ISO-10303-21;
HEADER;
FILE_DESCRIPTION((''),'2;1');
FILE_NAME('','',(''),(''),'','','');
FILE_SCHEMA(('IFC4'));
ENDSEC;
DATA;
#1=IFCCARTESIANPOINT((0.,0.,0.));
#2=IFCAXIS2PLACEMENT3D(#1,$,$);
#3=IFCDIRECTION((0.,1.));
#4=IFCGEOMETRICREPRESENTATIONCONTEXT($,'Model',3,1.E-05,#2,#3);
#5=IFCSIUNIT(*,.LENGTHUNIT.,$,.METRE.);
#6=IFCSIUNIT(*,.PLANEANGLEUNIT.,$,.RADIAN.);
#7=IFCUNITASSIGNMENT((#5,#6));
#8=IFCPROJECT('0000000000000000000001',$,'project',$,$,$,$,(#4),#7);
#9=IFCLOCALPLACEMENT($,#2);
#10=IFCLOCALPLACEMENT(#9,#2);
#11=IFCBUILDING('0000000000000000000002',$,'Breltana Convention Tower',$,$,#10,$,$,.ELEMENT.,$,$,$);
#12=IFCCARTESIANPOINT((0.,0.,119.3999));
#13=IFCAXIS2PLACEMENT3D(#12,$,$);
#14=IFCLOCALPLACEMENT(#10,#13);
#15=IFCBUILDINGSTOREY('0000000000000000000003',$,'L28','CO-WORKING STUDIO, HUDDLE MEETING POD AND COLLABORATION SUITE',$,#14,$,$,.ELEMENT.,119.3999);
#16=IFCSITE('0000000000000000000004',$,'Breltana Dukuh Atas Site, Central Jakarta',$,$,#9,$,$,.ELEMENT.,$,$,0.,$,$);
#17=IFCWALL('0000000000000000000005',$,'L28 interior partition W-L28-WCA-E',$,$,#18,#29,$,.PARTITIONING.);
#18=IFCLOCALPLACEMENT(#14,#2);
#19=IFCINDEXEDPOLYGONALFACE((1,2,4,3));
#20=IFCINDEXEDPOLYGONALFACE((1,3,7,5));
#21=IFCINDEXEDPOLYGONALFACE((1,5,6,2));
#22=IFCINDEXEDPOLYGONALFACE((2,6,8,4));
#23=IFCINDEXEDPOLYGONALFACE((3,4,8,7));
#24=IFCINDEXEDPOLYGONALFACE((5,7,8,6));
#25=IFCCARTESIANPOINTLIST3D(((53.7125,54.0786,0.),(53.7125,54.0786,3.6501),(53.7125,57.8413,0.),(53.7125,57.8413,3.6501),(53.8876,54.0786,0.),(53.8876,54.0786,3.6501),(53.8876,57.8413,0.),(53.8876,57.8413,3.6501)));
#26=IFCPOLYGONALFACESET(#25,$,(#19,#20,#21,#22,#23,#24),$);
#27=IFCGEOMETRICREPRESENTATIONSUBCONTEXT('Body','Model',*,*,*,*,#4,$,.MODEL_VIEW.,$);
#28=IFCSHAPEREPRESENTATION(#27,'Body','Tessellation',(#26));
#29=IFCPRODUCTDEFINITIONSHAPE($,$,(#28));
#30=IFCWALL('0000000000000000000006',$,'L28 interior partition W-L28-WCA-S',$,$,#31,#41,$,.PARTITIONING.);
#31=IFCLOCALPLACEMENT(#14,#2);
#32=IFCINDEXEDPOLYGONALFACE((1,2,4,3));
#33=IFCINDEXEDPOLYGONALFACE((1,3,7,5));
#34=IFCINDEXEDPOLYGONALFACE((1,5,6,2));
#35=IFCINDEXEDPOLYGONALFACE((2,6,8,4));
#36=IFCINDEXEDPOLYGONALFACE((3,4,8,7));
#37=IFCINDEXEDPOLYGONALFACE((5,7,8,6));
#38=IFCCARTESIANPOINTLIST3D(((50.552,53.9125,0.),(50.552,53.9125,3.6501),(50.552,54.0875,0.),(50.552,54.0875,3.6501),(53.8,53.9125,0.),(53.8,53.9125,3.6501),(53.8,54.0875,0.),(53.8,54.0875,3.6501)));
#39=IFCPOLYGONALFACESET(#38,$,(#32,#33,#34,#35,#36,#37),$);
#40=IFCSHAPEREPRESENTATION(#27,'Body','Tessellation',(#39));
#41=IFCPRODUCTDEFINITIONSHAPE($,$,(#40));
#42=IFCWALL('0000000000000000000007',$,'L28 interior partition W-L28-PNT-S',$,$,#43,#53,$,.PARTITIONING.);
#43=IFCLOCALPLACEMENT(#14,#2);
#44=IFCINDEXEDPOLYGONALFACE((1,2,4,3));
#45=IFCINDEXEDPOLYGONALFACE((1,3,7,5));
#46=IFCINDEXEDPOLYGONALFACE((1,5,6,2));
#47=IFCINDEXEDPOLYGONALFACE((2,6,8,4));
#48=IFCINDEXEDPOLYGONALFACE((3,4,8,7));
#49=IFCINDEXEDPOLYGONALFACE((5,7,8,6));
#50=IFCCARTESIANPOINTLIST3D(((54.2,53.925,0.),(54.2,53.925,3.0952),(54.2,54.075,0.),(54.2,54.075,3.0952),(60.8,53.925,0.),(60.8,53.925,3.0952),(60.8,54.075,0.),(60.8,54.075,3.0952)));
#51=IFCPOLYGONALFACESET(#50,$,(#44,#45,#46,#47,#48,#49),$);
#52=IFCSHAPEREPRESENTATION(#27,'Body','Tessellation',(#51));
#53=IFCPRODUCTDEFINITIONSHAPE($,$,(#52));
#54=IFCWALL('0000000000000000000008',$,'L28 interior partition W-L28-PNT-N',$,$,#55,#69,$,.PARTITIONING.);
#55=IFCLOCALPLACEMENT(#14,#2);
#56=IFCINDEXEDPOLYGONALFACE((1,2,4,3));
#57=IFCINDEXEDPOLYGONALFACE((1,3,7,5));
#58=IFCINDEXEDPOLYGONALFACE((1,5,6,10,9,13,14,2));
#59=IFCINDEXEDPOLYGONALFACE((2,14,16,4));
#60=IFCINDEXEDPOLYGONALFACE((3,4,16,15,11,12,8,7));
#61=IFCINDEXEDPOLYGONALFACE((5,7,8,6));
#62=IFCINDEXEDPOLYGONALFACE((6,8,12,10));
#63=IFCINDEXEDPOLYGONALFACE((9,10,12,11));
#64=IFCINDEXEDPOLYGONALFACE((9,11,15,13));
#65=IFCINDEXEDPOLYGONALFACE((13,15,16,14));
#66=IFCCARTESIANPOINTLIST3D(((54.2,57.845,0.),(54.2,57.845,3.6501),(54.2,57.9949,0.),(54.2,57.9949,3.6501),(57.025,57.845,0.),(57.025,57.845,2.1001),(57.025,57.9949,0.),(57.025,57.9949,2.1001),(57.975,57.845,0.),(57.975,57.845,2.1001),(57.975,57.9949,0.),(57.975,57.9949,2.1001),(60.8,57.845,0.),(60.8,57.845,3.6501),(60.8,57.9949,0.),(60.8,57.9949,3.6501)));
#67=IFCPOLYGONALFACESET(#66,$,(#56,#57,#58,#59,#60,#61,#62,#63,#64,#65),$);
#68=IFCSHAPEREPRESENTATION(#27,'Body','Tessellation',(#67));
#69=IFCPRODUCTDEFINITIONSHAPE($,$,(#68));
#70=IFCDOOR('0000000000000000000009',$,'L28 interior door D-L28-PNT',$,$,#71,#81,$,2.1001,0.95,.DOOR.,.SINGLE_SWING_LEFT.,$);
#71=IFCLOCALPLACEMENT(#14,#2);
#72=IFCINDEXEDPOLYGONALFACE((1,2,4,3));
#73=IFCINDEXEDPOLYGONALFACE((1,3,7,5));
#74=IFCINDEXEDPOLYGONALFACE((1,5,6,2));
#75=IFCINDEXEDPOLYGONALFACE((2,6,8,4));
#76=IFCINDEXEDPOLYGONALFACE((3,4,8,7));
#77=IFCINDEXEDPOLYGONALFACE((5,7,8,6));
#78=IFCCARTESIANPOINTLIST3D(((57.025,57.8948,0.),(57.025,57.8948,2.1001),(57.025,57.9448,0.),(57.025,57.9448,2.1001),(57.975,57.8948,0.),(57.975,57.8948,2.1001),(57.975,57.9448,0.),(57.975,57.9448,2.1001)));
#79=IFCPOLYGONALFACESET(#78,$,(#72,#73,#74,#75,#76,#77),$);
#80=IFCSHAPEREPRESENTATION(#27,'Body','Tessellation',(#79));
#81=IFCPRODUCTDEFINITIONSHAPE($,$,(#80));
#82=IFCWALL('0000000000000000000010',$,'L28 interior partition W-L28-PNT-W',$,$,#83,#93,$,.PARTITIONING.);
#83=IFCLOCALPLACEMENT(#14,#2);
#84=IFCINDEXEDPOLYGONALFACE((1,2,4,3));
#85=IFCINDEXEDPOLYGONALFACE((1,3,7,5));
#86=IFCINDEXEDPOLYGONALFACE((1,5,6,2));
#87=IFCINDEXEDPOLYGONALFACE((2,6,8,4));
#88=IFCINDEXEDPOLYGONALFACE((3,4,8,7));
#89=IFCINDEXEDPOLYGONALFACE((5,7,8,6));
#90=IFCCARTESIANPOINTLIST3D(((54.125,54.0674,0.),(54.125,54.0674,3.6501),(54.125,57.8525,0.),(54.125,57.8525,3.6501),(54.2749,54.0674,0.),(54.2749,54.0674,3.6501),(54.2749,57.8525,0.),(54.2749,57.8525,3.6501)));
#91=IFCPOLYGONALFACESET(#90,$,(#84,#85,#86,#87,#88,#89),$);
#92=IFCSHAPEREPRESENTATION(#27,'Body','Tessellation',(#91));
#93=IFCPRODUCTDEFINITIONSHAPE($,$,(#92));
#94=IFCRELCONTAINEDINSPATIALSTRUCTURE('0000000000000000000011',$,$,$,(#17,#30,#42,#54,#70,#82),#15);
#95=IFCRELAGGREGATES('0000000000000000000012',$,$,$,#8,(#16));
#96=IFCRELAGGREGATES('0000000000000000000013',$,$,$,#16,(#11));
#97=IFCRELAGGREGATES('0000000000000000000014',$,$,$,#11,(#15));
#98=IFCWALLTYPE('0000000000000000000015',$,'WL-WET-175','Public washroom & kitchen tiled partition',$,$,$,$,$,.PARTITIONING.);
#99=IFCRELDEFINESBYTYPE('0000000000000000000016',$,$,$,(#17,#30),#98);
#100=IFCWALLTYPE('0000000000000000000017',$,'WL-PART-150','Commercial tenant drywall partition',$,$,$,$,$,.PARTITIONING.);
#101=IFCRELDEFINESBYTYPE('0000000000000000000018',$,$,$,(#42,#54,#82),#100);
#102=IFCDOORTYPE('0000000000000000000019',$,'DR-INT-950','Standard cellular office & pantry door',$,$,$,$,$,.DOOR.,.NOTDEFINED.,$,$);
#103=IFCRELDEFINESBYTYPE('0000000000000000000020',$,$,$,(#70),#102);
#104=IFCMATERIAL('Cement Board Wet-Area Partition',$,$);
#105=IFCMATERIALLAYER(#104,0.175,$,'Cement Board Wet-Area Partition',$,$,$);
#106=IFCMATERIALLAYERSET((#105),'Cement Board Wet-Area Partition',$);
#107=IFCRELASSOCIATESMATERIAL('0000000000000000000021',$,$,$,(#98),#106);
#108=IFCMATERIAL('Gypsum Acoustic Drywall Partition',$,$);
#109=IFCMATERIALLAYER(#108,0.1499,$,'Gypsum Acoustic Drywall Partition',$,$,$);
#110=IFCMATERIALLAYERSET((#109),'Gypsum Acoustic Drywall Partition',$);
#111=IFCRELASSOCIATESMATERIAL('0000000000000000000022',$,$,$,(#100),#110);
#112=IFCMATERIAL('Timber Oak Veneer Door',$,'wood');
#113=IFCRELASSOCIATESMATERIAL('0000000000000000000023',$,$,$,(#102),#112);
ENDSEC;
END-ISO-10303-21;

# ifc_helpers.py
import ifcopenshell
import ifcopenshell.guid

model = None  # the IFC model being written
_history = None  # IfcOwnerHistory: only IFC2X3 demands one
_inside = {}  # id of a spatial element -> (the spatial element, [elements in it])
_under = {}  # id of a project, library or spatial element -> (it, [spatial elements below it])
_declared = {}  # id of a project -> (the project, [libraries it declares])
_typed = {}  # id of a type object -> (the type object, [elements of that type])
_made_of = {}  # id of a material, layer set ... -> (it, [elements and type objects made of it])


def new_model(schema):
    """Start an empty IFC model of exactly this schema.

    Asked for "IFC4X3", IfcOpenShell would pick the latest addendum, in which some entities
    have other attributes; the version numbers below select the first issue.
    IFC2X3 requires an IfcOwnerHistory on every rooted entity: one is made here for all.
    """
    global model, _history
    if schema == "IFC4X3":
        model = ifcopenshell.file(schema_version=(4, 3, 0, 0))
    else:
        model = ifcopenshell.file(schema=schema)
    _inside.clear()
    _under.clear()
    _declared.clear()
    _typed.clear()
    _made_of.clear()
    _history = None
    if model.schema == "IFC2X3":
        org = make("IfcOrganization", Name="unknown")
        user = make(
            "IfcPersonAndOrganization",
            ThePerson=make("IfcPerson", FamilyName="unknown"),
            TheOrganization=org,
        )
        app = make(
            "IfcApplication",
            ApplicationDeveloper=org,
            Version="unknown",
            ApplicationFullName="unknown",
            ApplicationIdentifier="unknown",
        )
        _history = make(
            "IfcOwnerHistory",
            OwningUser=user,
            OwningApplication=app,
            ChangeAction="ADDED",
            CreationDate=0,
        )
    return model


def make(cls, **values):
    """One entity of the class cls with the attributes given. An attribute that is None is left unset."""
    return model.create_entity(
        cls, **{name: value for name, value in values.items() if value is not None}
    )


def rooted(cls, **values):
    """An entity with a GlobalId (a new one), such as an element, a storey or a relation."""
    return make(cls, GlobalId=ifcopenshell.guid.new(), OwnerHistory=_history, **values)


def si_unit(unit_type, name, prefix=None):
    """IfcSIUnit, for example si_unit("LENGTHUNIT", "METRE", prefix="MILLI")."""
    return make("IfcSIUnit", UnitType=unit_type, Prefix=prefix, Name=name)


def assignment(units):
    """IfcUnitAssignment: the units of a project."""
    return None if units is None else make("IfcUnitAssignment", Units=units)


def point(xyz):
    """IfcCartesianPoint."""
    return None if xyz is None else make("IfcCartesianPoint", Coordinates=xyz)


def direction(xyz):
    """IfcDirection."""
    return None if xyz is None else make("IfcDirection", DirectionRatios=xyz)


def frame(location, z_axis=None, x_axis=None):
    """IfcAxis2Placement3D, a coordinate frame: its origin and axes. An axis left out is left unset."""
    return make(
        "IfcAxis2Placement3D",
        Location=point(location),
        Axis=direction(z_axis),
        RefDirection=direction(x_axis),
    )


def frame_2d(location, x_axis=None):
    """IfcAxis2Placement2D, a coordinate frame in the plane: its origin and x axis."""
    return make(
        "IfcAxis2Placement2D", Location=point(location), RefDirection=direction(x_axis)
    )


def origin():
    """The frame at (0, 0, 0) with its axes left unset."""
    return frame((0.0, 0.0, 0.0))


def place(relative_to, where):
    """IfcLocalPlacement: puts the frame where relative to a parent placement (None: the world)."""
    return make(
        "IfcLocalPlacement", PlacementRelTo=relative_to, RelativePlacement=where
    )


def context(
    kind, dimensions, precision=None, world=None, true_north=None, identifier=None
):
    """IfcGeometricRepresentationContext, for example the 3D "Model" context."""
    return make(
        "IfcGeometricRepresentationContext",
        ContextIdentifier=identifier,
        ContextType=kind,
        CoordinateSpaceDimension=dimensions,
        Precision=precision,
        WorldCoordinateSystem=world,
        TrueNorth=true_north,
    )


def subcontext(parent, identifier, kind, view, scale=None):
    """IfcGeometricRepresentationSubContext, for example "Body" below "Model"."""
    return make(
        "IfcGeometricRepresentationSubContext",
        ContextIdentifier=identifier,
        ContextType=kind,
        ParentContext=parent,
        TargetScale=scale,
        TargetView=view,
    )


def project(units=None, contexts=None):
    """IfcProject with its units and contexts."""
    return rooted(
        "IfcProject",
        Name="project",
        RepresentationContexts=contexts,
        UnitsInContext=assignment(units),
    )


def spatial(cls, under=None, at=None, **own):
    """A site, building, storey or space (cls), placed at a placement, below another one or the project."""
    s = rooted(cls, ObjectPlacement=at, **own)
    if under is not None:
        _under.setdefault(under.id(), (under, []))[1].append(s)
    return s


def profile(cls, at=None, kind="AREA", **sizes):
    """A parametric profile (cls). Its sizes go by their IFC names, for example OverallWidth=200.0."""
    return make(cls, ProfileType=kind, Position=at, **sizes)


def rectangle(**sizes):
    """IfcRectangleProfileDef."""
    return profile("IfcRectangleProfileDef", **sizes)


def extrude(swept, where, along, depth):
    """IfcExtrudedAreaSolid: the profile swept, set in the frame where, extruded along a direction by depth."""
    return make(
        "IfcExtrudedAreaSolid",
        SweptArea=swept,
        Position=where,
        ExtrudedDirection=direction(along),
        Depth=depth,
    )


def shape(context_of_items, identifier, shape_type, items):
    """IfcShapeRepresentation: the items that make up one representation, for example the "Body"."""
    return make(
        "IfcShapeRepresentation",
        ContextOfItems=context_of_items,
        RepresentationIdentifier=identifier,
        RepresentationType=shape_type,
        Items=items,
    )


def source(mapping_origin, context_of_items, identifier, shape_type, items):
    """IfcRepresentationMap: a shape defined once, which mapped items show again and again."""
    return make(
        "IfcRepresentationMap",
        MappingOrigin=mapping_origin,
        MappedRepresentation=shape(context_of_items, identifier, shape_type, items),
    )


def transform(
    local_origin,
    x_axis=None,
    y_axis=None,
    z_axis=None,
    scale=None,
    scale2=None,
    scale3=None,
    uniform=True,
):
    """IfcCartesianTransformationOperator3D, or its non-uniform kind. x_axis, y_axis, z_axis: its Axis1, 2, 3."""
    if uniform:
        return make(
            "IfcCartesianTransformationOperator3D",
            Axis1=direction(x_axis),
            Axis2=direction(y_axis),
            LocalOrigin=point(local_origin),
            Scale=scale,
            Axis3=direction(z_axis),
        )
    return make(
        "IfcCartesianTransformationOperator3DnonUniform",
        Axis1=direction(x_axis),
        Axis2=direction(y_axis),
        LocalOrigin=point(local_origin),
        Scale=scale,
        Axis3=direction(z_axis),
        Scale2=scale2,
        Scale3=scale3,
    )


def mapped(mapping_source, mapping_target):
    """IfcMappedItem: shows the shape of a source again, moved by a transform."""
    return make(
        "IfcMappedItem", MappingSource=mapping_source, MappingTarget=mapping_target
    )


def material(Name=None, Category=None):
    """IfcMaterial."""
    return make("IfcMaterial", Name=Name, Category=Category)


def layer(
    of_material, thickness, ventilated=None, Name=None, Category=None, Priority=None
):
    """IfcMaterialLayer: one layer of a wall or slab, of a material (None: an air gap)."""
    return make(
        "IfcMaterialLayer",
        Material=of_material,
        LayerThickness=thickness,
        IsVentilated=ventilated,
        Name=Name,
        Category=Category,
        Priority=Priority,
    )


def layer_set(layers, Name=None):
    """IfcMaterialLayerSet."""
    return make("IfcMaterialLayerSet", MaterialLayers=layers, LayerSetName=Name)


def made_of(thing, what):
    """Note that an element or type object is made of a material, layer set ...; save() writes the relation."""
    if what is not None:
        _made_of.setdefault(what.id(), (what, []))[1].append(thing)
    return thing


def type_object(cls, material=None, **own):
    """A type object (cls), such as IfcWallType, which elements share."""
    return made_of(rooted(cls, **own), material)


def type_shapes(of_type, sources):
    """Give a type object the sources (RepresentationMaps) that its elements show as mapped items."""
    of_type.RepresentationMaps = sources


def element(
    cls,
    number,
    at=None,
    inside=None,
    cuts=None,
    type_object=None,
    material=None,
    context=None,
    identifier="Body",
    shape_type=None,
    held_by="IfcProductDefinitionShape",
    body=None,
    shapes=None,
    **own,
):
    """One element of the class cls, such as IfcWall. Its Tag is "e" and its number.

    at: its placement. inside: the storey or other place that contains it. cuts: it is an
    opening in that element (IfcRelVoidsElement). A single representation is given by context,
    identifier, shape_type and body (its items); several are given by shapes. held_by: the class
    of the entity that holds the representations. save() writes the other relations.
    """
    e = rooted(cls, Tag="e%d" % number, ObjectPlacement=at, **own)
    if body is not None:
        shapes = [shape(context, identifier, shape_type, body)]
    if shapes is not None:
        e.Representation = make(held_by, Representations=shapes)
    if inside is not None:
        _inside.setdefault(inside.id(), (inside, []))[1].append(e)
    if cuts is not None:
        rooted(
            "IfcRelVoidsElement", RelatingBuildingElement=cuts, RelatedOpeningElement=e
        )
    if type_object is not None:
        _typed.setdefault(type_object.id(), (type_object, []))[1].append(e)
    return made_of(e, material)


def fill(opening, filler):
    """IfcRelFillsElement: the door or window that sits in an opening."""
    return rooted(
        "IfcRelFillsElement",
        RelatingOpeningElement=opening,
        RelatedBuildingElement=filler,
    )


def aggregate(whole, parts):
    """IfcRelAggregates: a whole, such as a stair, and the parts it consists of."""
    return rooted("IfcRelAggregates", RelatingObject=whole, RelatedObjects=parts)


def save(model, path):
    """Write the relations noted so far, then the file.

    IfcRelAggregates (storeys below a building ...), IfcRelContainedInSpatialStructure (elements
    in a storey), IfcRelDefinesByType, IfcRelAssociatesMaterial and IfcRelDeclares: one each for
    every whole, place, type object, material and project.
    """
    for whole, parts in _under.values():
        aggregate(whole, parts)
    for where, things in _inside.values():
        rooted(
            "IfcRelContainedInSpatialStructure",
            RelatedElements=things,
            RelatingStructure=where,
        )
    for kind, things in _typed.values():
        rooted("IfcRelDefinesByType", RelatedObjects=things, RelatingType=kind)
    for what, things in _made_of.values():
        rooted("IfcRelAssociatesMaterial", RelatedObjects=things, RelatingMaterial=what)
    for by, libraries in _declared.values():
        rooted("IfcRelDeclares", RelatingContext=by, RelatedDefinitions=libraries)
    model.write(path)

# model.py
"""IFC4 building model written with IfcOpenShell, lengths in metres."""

from ifc_helpers import new_model, si_unit, direction, frame, frame_2d, origin, place, context, subcontext, project, spatial, rectangle, extrude, source, transform, mapped, material, layer, layer_set, type_object, type_shapes, element, fill, save


model = new_model("IFC4")

# Units and contexts
model_context = context("Model", 3, precision=1e-05, world=origin(), true_north=direction((0.0, 1.0)))
body_context = subcontext(model_context, "Body", "Model", "MODEL_VIEW")
ifc_project = project(units=[si_unit("LENGTHUNIT", "METRE"), si_unit("PLANEANGLEUNIT", "RADIAN")], contexts=[model_context])

# Site, building, storey
site_placement = place(None, origin())
site = spatial("IfcSite", under=ifc_project, at=site_placement, Name="Breltana Dukuh Atas Site, Central Jakarta", CompositionType="ELEMENT", RefElevation=0.0)
building_placement = place(site_placement, origin())
building = spatial("IfcBuilding", under=site, at=building_placement, Name="Breltana Convention Tower", CompositionType="ELEMENT")
storey_placement = place(building_placement, frame((0.0, 0.0, 119.3999)))
storey = spatial("IfcBuildingStorey", under=building, at=storey_placement, Name="L28", Description="CO-WORKING STUDIO, HUDDLE MEETING POD AND COLLABORATION SUITE", CompositionType="ELEMENT", Elevation=119.3999)

# Walls
ifc_material_1 = material(Name="Cement Board Wet-Area Partition")
ifc_layer_1 = layer(ifc_material_1, 0.175, Name="Cement Board Wet-Area Partition")
ifc_layer_set_1 = layer_set([ifc_layer_1], Name="Cement Board Wet-Area Partition")
wall_type_1 = type_object("IfcWallType", Name="WL-WET-175", Description="Public washroom & kitchen tiled partition", PredefinedType="PARTITIONING", material=ifc_layer_set_1)
shared_shape_1 = source(origin(), body_context, "Body", "SweptSolid", [
    extrude(rectangle(XDim=3.7627, YDim=0.175, at=frame_2d((1.8813, 0.0))), origin(), (0.0, 0.0, 1.0), 3.6501),
])
for number, where, z_axis, x_axis, name in (
    (1, (53.8, 54.0786, 0.0), (0.0, 0.0, 1.0), (0.0, 1.0, 0.0), "L28 interior partition W-L28-WCA-E"),
):
    element("IfcWall", number, at=place(storey_placement, frame(where, z_axis=z_axis, x_axis=x_axis)), inside=storey, type_object=wall_type_1, Name=name, PredefinedType="PARTITIONING", context=body_context, shape_type="MappedRepresentation", body=[
        mapped(shared_shape_1, transform((0.0, 0.0, 0.0), scale=1.0)),
    ])
shared_shape_2 = source(origin(), body_context, "Body", "SweptSolid", [
    extrude(rectangle(XDim=3.248, YDim=0.175, at=frame_2d((1.624, 0.0))), origin(), (0.0, 0.0, 1.0), 3.6501),
])
wall_1_placement = place(storey_placement, frame((50.552, 54.0, 0.0), z_axis=(0.0, 0.0, 1.0), x_axis=(1.0, 0.0, 0.0)))
element("IfcWall", 2, at=wall_1_placement, inside=storey, type_object=wall_type_1, Name="L28 interior partition W-L28-WCA-S", PredefinedType="PARTITIONING", context=body_context, shape_type="MappedRepresentation", body=[
    mapped(shared_shape_2, transform((0.0, 0.0, 0.0), scale=1.0)),
])

# Wall
ifc_material_2 = material(Name="Gypsum Acoustic Drywall Partition")
ifc_layer_2 = layer(ifc_material_2, 0.1499, Name="Gypsum Acoustic Drywall Partition")
ifc_layer_set_2 = layer_set([ifc_layer_2], Name="Gypsum Acoustic Drywall Partition")
wall_type_2 = type_object("IfcWallType", Name="WL-PART-150", Description="Commercial tenant drywall partition", PredefinedType="PARTITIONING", material=ifc_layer_set_2)
shared_shape_3 = source(origin(), body_context, "Body", "SweptSolid", [
    extrude(rectangle(XDim=6.6001, YDim=0.1499, at=frame_2d((3.3, 0.0))), origin(), (0.0, 0.0, 1.0), 3.0952),
])
wall_2_placement = place(storey_placement, frame((54.2, 54.0, 0.0), z_axis=(0.0, 0.0, 1.0), x_axis=(1.0, 0.0, 0.0)))
element("IfcWall", 3, at=wall_2_placement, inside=storey, type_object=wall_type_2, Name="L28 interior partition W-L28-PNT-S", PredefinedType="PARTITIONING", context=body_context, shape_type="MappedRepresentation", body=[
    mapped(shared_shape_3, transform((0.0, 0.0, 0.0), scale=1.0)),
])

# Wall, opening, door
shared_shape_4 = source(origin(), body_context, "Body", "SweptSolid", [
    extrude(rectangle(XDim=6.6001, YDim=0.1499, at=frame_2d((3.3, 0.0))), origin(), (0.0, 0.0, 1.0), 3.6501),
])
wall_3_placement = place(storey_placement, frame((54.2, 57.9199, 0.0), z_axis=(0.0, 0.0, 1.0), x_axis=(1.0, 0.0, 0.0)))
wall_3 = element("IfcWall", 4, at=wall_3_placement, inside=storey, type_object=wall_type_2, Name="L28 interior partition W-L28-PNT-N", PredefinedType="PARTITIONING", context=body_context, shape_type="MappedRepresentation", body=[
    mapped(shared_shape_4, transform((0.0, 0.0, 0.0), scale=1.0)),
])
opening_1_placement = place(wall_3_placement, frame((2.825, 0.0, 0.0)))
opening_1 = element("IfcOpeningElement", 5, at=opening_1_placement, cuts=wall_3, PredefinedType="OPENING", context=body_context, shape_type="SweptSolid", body=[
    extrude(rectangle(XDim=0.95, YDim=2.1001, at=frame_2d((0.4751, 1.05))), frame((0.0, 0.085, 0.0), z_axis=(0.0, -1.0, 0.0), x_axis=(1.0, 0.0, 0.0)), (0.0, 0.0, 1.0), 0.1699),
])
ifc_material_3 = material(Name="Timber Oak Veneer Door", Category="wood")
door_type_1 = type_object("IfcDoorType", Name="DR-INT-950", Description="Standard cellular office & pantry door", OperationType="NOTDEFINED", PredefinedType="DOOR", material=ifc_material_3)
shared_shape_5 = source(origin(), body_context, "Body", "SweptSolid", [
    extrude(rectangle(XDim=0.95, YDim=2.1001, at=frame_2d((0.4751, 1.05))), frame((0.0, 0.0249, 0.0), z_axis=(0.0, -1.0, 0.0), x_axis=(1.0, 0.0, 0.0)), (0.0, 0.0, 1.0), 0.05),
])
type_shapes(door_type_1, [shared_shape_5])
door_1_placement = place(opening_1_placement, origin())
door_1 = element("IfcDoor", 6, at=door_1_placement, inside=storey, type_object=door_type_1, Name="L28 interior door D-L28-PNT", OperationType="SINGLE_SWING_LEFT", OverallHeight=2.1001, OverallWidth=0.95, PredefinedType="DOOR", context=body_context, shape_type="MappedRepresentation", body=[
    mapped(shared_shape_5, transform((0.0, 0.0, 0.0), scale=1.0)),
])
fill(opening_1, door_1)

# Wall
shared_shape_6 = source(origin(), body_context, "Body", "SweptSolid", [
    extrude(rectangle(XDim=3.7852, YDim=0.1499, at=frame_2d((1.8926, 0.0))), origin(), (0.0, 0.0, 1.0), 3.6501),
])
wall_4_placement = place(storey_placement, frame((54.2, 54.0674, 0.0), z_axis=(0.0, 0.0, 1.0), x_axis=(0.0, 1.0, 0.0)))
element("IfcWall", 7, at=wall_4_placement, inside=storey, type_object=wall_type_2, Name="L28 interior partition W-L28-PNT-W", PredefinedType="PARTITIONING", context=body_context, shape_type="MappedRepresentation", body=[
    mapped(shared_shape_6, transform((0.0, 0.0, 0.0), scale=1.0)),
])

save(model, "model.ifc")
